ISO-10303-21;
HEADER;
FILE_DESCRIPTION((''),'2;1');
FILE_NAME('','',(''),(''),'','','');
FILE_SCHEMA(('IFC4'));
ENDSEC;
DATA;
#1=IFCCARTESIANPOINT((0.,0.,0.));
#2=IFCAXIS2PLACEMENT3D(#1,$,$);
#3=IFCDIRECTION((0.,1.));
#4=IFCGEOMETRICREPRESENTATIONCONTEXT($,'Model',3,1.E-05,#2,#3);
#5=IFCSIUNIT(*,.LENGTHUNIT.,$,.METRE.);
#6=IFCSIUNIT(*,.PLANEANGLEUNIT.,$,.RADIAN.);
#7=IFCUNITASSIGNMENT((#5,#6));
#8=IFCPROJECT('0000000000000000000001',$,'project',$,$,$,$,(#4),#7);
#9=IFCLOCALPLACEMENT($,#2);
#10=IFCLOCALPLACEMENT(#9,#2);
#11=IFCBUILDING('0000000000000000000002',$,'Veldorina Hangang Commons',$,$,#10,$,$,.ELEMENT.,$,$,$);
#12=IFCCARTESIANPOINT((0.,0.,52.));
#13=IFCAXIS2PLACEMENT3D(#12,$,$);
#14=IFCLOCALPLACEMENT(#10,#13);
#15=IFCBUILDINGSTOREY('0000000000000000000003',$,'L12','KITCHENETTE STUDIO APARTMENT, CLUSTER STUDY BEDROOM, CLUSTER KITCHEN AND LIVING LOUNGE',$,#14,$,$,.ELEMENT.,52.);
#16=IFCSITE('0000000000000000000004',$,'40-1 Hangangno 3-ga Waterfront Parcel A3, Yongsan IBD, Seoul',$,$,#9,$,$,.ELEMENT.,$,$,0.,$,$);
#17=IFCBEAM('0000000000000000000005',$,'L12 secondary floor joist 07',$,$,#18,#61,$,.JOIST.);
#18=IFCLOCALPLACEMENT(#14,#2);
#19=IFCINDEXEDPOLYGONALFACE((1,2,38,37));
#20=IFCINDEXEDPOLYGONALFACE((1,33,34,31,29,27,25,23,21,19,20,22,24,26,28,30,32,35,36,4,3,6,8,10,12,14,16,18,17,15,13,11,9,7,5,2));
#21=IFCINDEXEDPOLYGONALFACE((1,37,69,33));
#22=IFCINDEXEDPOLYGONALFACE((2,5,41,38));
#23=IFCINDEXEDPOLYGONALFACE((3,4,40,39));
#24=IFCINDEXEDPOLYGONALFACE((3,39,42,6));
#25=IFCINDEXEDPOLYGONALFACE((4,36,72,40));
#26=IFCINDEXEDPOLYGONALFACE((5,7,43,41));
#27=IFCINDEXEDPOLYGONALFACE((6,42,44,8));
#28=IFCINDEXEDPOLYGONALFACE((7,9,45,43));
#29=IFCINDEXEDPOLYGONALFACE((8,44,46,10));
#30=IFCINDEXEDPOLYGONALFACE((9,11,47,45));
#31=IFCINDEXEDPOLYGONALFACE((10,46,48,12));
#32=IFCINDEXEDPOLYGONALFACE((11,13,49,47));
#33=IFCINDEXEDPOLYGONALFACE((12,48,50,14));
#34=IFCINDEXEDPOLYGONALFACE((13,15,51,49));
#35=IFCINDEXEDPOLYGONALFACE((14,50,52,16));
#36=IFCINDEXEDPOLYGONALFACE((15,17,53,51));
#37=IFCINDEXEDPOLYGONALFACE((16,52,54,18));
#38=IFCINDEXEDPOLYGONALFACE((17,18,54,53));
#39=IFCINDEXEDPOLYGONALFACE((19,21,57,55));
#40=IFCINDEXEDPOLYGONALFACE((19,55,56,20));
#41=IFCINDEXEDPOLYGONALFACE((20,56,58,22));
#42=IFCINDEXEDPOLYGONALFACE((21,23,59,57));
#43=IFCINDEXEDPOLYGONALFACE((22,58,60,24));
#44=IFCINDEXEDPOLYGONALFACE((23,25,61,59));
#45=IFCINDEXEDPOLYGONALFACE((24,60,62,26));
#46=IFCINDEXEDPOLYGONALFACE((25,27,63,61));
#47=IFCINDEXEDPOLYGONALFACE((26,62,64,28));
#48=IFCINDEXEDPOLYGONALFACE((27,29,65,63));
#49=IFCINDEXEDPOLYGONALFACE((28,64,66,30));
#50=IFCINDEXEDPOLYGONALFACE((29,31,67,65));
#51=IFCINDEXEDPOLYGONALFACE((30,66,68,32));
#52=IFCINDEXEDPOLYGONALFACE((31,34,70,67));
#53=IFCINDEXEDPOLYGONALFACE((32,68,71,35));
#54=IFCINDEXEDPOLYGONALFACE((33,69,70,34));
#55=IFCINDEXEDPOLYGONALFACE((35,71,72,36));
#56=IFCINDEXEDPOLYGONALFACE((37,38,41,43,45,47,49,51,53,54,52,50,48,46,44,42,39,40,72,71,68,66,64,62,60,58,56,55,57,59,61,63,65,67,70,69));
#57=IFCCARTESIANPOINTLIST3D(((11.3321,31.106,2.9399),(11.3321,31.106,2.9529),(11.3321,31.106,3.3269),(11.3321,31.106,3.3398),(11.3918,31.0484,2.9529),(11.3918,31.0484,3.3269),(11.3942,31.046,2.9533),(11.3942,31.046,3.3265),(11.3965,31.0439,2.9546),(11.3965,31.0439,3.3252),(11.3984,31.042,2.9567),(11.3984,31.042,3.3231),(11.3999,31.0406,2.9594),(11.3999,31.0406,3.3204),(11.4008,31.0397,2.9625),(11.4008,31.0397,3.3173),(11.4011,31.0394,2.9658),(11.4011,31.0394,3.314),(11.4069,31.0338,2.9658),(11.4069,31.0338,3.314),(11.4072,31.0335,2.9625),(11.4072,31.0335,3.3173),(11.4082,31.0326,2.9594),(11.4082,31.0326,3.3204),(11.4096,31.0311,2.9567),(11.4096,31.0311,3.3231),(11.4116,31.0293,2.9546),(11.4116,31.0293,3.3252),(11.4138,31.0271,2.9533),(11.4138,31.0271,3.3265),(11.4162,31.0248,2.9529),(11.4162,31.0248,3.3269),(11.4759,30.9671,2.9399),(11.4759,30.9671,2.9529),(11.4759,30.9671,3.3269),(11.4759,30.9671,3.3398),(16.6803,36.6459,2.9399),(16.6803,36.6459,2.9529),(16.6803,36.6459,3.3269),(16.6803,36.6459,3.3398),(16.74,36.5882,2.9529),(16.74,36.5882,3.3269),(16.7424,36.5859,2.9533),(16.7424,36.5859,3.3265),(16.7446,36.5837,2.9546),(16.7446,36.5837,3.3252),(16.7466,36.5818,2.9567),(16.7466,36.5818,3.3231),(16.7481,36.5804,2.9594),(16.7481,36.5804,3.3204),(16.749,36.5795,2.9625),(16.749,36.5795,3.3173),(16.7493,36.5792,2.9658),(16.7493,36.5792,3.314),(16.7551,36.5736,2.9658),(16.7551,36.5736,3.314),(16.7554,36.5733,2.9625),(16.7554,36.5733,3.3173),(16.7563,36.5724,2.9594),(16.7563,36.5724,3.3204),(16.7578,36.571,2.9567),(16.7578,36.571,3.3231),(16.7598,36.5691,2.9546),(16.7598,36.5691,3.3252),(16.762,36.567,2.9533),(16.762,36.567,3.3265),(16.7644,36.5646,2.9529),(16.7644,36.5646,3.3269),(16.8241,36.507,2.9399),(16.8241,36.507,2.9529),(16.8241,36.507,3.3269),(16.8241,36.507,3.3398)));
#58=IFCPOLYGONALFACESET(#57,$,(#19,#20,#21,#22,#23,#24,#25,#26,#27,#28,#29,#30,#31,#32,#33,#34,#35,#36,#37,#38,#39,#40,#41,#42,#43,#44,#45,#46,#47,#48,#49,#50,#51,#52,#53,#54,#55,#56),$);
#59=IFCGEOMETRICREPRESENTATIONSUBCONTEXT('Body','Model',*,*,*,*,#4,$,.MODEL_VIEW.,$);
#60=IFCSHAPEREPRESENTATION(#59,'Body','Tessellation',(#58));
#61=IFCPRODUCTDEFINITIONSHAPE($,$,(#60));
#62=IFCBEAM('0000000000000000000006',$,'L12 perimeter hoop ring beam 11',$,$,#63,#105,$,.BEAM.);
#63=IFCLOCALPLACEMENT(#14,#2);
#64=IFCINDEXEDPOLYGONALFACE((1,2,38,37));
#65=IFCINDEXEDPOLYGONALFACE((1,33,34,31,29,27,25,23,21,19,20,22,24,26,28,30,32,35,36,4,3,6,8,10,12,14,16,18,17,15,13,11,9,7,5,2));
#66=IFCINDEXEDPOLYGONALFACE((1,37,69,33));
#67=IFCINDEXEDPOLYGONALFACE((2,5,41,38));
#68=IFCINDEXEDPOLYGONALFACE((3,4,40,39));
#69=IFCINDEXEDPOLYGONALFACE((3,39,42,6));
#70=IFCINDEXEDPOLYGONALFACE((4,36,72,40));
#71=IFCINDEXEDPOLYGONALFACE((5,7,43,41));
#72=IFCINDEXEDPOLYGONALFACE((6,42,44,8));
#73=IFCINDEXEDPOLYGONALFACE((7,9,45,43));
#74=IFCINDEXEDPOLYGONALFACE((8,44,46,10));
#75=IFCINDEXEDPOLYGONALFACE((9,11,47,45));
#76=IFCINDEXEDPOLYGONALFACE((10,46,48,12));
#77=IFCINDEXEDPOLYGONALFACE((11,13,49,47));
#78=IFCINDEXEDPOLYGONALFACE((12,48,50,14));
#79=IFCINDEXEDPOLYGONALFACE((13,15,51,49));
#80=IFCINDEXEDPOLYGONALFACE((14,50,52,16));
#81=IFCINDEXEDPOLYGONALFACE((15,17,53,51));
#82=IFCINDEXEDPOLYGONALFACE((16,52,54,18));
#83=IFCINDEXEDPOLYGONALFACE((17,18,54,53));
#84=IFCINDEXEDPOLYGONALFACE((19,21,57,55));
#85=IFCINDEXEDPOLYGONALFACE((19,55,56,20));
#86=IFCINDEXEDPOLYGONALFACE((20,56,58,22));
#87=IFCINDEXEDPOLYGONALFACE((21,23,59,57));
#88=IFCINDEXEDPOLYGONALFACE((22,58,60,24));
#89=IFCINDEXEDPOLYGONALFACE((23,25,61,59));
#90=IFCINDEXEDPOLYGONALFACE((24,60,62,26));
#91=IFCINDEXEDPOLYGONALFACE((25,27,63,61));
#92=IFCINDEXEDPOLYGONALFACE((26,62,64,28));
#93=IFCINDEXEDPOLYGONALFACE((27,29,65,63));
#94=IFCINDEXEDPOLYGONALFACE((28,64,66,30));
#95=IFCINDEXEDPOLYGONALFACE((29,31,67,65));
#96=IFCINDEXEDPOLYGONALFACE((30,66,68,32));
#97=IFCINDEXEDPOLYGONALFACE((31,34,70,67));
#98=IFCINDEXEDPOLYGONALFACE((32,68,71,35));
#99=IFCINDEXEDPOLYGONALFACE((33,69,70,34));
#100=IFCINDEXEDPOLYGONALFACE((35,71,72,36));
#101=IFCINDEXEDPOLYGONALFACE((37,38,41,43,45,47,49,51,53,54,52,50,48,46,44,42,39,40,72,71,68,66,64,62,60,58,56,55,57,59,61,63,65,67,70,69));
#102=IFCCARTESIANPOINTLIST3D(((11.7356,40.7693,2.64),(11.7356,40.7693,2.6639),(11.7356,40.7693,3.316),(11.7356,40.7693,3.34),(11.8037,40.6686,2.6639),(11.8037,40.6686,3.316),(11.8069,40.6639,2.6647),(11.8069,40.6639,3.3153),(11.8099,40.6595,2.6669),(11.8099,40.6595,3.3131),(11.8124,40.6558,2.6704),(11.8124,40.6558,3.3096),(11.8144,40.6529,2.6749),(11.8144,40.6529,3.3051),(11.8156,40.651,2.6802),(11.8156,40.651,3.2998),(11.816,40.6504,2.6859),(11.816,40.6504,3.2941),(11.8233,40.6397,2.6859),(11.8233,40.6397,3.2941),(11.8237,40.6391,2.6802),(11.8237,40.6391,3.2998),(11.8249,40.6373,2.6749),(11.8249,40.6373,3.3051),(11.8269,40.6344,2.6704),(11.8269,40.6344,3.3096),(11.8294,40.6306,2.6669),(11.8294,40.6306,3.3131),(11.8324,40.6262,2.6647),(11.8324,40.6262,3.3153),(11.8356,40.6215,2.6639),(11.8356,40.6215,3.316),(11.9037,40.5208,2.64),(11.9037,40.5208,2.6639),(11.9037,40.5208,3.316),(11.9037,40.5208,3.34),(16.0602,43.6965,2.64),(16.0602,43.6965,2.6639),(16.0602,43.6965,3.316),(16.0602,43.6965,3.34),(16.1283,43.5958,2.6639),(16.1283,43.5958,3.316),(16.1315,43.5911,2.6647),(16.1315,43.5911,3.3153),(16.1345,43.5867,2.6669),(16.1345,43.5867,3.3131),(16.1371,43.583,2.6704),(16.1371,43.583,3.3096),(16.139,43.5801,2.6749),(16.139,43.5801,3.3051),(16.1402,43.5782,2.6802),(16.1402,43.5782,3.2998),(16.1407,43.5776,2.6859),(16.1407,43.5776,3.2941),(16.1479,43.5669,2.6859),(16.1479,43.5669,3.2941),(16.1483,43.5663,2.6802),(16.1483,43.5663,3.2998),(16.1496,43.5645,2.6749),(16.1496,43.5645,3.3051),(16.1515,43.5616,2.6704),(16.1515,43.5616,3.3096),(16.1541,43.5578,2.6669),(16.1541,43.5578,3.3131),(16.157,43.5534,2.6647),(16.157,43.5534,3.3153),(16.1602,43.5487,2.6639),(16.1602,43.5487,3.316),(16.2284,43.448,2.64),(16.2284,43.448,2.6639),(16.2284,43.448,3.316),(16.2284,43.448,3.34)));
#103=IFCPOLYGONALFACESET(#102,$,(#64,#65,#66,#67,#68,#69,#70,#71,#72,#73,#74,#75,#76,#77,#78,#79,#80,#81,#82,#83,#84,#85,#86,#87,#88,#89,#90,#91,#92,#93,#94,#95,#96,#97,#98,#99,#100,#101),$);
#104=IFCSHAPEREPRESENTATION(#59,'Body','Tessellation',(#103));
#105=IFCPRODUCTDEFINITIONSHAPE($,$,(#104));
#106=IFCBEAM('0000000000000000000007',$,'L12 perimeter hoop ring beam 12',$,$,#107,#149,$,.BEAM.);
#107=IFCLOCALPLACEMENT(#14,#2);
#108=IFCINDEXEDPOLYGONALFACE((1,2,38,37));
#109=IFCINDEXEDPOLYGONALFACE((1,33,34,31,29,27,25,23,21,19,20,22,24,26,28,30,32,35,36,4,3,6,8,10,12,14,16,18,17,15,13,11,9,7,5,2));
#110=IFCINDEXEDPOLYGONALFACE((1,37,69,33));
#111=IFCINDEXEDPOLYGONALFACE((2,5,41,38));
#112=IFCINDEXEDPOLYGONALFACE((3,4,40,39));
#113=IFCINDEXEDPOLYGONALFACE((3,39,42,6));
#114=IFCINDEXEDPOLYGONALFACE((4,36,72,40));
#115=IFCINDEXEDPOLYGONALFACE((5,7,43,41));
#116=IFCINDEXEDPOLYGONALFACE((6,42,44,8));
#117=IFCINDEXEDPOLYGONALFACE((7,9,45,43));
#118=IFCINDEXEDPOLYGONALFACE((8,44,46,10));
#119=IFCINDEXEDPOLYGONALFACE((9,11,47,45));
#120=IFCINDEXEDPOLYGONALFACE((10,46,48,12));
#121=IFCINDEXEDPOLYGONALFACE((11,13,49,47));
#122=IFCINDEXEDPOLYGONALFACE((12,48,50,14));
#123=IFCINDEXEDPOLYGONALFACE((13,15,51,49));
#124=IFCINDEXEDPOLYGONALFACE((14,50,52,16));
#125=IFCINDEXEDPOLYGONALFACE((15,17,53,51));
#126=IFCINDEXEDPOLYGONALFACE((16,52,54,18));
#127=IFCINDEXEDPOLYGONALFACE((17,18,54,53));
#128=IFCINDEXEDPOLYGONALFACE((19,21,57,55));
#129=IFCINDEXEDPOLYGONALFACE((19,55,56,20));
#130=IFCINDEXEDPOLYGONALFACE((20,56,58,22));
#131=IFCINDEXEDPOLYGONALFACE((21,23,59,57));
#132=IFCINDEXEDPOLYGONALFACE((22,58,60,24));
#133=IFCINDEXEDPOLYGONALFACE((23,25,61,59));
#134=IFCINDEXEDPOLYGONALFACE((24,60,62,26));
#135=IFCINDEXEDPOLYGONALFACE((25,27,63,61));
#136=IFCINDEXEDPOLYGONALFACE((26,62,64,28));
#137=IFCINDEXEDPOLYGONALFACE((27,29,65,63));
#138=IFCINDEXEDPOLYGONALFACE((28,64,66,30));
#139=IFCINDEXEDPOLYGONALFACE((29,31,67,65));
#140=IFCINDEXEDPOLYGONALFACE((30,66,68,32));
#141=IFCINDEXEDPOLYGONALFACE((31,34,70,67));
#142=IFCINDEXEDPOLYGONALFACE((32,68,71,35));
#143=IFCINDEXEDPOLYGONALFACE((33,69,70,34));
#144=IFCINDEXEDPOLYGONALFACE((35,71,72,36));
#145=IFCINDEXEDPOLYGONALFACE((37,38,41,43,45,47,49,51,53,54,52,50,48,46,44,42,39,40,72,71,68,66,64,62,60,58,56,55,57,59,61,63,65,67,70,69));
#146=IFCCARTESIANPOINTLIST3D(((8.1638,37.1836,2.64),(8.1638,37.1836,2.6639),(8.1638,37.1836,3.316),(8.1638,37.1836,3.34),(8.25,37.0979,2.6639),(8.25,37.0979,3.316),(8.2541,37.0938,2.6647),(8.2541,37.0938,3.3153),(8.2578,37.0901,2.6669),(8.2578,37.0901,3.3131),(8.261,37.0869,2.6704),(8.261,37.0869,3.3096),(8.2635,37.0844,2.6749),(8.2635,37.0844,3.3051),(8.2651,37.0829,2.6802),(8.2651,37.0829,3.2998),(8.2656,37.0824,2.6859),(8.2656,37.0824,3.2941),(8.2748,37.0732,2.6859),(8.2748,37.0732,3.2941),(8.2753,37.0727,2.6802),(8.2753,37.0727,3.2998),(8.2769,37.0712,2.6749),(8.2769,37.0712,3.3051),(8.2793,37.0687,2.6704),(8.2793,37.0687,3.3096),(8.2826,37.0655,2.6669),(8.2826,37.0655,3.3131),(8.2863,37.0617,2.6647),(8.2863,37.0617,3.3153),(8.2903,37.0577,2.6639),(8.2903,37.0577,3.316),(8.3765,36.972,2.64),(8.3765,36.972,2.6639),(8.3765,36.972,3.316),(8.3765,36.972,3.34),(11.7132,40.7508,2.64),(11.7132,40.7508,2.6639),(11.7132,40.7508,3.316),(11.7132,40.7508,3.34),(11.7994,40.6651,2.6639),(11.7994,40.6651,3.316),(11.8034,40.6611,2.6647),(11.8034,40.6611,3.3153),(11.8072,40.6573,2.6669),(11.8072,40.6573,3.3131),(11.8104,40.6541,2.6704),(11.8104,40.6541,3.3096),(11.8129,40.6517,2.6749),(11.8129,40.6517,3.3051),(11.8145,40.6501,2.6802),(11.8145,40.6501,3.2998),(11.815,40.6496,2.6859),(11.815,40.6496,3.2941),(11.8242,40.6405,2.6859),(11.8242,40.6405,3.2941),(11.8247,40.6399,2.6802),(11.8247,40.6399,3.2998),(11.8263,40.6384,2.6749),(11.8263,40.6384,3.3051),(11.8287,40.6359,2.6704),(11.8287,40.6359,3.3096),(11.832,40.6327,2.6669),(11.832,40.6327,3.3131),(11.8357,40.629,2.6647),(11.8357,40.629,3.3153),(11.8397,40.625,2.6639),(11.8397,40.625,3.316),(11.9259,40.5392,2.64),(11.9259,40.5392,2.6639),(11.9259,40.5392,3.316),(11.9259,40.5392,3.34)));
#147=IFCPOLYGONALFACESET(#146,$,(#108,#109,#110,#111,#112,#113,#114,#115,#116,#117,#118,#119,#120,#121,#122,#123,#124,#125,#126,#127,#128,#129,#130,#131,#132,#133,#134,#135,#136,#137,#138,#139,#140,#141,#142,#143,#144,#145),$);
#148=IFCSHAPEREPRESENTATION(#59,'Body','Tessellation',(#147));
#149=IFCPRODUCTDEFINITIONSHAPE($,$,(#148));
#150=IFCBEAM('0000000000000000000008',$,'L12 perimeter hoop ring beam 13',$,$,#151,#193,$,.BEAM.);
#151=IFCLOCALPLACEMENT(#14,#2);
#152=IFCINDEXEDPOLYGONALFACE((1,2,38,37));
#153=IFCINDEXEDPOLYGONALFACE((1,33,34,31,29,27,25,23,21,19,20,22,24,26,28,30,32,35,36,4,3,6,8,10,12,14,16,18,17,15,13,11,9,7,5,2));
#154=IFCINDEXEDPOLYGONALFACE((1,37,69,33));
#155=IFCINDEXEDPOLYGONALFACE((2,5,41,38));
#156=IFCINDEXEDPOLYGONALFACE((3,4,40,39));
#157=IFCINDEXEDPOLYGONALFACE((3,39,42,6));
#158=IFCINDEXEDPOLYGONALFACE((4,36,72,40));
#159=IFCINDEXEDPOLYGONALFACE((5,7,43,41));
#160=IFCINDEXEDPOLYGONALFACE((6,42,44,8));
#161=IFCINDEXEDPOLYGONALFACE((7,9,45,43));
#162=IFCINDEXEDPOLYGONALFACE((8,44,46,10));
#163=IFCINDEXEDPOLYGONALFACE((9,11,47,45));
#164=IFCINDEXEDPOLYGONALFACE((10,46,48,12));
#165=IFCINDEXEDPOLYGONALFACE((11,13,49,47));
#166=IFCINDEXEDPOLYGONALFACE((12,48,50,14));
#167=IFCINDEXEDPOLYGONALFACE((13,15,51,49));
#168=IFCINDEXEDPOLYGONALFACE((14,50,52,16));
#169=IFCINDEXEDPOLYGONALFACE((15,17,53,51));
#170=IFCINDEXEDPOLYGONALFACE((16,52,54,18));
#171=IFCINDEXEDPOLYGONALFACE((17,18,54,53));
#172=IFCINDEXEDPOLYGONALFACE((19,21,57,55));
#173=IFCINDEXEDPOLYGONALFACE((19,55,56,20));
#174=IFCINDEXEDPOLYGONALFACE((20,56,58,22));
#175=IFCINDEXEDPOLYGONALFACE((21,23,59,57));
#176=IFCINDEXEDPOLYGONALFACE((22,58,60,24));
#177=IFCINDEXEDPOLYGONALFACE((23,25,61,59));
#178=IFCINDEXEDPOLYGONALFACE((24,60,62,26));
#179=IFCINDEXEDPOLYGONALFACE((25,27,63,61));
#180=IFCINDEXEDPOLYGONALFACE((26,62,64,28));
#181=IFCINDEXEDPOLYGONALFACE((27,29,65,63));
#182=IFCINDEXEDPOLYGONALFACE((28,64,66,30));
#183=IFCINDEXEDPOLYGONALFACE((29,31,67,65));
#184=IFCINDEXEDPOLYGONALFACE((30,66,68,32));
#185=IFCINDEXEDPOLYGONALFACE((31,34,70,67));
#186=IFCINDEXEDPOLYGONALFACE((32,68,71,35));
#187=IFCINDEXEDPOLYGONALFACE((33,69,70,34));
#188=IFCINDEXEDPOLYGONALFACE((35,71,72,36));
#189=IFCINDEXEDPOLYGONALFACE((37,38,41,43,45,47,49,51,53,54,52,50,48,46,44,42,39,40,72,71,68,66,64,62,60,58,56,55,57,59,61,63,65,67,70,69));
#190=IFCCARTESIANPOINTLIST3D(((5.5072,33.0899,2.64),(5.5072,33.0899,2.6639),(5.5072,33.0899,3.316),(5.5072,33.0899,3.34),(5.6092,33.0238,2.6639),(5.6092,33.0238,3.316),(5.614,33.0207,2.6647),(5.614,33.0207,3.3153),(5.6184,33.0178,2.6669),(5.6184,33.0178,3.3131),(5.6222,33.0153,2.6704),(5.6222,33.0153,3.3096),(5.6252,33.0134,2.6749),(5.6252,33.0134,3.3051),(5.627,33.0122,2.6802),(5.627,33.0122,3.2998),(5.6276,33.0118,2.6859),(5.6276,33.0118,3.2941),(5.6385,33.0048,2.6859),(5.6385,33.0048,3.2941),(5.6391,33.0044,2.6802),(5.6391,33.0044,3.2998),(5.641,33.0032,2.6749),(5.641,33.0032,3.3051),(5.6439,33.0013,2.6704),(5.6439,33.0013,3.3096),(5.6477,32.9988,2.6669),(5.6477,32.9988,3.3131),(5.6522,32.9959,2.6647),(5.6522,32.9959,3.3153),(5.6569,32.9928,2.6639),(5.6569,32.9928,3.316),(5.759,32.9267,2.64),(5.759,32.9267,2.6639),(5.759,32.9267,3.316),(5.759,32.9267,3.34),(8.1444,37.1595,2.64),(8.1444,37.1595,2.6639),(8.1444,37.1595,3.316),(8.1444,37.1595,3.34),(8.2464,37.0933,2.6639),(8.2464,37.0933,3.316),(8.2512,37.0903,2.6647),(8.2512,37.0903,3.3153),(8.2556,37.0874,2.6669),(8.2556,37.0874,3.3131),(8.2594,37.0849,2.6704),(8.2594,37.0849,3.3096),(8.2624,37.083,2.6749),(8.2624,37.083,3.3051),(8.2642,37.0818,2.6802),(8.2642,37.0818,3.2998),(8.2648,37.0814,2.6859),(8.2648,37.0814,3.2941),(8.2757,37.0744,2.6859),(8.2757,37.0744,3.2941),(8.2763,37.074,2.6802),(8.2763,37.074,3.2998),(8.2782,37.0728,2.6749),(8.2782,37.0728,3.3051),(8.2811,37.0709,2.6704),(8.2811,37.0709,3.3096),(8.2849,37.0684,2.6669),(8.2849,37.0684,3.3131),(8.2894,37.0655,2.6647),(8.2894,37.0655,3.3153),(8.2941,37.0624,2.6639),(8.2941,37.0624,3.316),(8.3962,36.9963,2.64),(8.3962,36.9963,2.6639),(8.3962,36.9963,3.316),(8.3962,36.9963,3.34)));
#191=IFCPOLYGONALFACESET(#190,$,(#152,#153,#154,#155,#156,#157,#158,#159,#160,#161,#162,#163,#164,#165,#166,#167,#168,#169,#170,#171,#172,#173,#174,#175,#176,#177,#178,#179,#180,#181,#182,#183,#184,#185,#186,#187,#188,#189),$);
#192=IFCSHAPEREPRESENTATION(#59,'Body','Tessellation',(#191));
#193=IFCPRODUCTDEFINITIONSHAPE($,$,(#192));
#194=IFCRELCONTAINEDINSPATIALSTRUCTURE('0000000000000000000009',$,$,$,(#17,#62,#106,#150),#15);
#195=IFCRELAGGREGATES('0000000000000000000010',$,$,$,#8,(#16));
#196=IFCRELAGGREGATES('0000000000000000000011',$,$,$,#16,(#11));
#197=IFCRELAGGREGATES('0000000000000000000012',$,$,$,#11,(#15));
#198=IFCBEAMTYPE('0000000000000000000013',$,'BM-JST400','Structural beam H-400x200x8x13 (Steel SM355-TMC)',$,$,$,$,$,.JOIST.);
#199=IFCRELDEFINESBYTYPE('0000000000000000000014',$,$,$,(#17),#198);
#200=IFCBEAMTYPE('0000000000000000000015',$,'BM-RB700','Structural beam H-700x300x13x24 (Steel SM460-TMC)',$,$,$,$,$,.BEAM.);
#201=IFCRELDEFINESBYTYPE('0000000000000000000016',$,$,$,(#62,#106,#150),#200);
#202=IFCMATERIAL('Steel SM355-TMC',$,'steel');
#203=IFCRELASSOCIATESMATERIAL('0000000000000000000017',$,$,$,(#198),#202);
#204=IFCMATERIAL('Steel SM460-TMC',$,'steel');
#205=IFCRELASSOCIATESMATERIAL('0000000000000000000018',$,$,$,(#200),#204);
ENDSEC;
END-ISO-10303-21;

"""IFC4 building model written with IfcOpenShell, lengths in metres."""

from ifc_helpers import new_model, si_unit, direction, frame, origin, origin_2d, place, context, subcontext, project, spatial, i_section, extrude, material, material_profile, profile_set, type_object, element, save


model = new_model("IFC4")

# Units and contexts
model_context = context("Model", 3, precision=1e-05, world=origin(), true_north=direction((0.0, 1.0)))
body_context = subcontext(model_context, "Body", "Model", "MODEL_VIEW")
ifc_project = project(units=[si_unit("LENGTHUNIT", "METRE"), si_unit("PLANEANGLEUNIT", "RADIAN")], contexts=[model_context])

# Site, building, storey
site_placement = place(None, origin())
site = spatial("IfcSite", under=ifc_project, at=site_placement, Name="40-1 Hangangno 3-ga Waterfront Parcel A3, Yongsan IBD, Seoul", CompositionType="ELEMENT", RefElevation=0.0)
building_placement = place(site_placement, origin())
building = spatial("IfcBuilding", under=site, at=building_placement, Name="Veldorina Hangang Commons", CompositionType="ELEMENT")
storey_placement = place(building_placement, frame((0.0, 0.0, 52.0)))
storey = spatial("IfcBuildingStorey", under=building, at=storey_placement, Name="L12", Description="KITCHENETTE STUDIO APARTMENT, CLUSTER STUDY BEDROOM, CLUSTER KITCHEN AND LIVING LOUNGE", CompositionType="ELEMENT", Elevation=52.0)

# Beams
ifc_material_1 = material(Name="Steel SM355-TMC", Category="steel")
ifc_material_profile_1 = material_profile(ifc_material_1, i_section(OverallWidth=0.2, OverallDepth=0.3999, WebThickness=0.0081, FlangeThickness=0.0129, FilletRadius=0.0129, at=origin_2d()), Name="H-400x200x8x13")
ifc_profile_set_1 = profile_set([ifc_material_profile_1], Name="Steel SM355-TMC")
beam_type_1 = type_object("IfcBeamType", Name="BM-JST400", Description="Structural beam H-400x200x8x13 (Steel SM355-TMC)", PredefinedType="JOIST", material=ifc_profile_set_1)
beam_1_placement = place(storey_placement, frame((16.7522, 36.5764, 3.1399), z_axis=(-0.694553, -0.719442, 0.0), x_axis=(0.719442, -0.694553, 0.0)))
element("IfcBeam", 1, at=beam_1_placement, inside=storey, type_object=beam_type_1, Name="L12 secondary floor joist 07", PredefinedType="JOIST", context=body_context, shape_type="SweptSolid", body=[
    extrude(i_section(OverallWidth=0.2, OverallDepth=0.3999, WebThickness=0.0081, FlangeThickness=0.0129, FilletRadius=0.0129, at=origin_2d()), origin(), (0.0, 0.0, 1.0), 7.7002),
])
ifc_material_2 = material(Name="Steel SM460-TMC", Category="steel")
ifc_material_profile_2 = material_profile(ifc_material_2, i_section(OverallWidth=0.3, OverallDepth=0.7, WebThickness=0.0129, FlangeThickness=0.0239, FilletRadius=0.022, at=origin_2d()), Name="H-700x300x13x24")
ifc_profile_set_2 = profile_set([ifc_material_profile_2], Name="Steel SM460-TMC")
beam_type_2 = type_object("IfcBeamType", Name="BM-RB700", Description="Structural beam H-700x300x13x24 (Steel SM460-TMC)", PredefinedType="BEAM", material=ifc_profile_set_2)
beam_2_placement = place(storey_placement, frame((16.1443, 43.5723, 2.99), z_axis=(-0.828132, -0.560534, 0.0), x_axis=(0.560534, -0.828132, 0.0)))
element("IfcBeam", 2, at=beam_2_placement, inside=storey, type_object=beam_type_2, Name="L12 perimeter hoop ring beam 11", PredefinedType="BEAM", context=body_context, shape_type="SweptSolid", body=[
    extrude(i_section(OverallWidth=0.3, OverallDepth=0.7, WebThickness=0.0129, FlangeThickness=0.0239, FilletRadius=0.022, at=origin_2d()), origin(), (0.0, 0.0, 1.0), 5.2222),
])
beam_3_placement = place(storey_placement, frame((11.8196, 40.645, 2.99), z_axis=(-0.705334, -0.708875, 0.0), x_axis=(0.708875, -0.705334, 0.0)))
element("IfcBeam", 3, at=beam_3_placement, inside=storey, type_object=beam_type_2, Name="L12 perimeter hoop ring beam 12", PredefinedType="BEAM", context=body_context, shape_type="SweptSolid", body=[
    extrude(i_section(OverallWidth=0.3, OverallDepth=0.7, WebThickness=0.0129, FlangeThickness=0.0239, FilletRadius=0.022, at=origin_2d()), origin(), (0.0, 0.0, 1.0), 5.0322),
])
beam_4_placement = place(storey_placement, frame((8.2703, 37.0779, 2.99), z_axis=(-0.543825, -0.839199, 0.0), x_axis=(0.839199, -0.543825, 0.0)))
element("IfcBeam", 4, at=beam_4_placement, inside=storey, type_object=beam_type_2, Name="L12 perimeter hoop ring beam 13", PredefinedType="BEAM", context=body_context, shape_type="SweptSolid", body=[
    extrude(i_section(OverallWidth=0.3, OverallDepth=0.7, WebThickness=0.0129, FlangeThickness=0.0239, FilletRadius=0.022, at=origin_2d()), origin(), (0.0, 0.0, 1.0), 4.8494),
])

save(model, "model.ifc")
